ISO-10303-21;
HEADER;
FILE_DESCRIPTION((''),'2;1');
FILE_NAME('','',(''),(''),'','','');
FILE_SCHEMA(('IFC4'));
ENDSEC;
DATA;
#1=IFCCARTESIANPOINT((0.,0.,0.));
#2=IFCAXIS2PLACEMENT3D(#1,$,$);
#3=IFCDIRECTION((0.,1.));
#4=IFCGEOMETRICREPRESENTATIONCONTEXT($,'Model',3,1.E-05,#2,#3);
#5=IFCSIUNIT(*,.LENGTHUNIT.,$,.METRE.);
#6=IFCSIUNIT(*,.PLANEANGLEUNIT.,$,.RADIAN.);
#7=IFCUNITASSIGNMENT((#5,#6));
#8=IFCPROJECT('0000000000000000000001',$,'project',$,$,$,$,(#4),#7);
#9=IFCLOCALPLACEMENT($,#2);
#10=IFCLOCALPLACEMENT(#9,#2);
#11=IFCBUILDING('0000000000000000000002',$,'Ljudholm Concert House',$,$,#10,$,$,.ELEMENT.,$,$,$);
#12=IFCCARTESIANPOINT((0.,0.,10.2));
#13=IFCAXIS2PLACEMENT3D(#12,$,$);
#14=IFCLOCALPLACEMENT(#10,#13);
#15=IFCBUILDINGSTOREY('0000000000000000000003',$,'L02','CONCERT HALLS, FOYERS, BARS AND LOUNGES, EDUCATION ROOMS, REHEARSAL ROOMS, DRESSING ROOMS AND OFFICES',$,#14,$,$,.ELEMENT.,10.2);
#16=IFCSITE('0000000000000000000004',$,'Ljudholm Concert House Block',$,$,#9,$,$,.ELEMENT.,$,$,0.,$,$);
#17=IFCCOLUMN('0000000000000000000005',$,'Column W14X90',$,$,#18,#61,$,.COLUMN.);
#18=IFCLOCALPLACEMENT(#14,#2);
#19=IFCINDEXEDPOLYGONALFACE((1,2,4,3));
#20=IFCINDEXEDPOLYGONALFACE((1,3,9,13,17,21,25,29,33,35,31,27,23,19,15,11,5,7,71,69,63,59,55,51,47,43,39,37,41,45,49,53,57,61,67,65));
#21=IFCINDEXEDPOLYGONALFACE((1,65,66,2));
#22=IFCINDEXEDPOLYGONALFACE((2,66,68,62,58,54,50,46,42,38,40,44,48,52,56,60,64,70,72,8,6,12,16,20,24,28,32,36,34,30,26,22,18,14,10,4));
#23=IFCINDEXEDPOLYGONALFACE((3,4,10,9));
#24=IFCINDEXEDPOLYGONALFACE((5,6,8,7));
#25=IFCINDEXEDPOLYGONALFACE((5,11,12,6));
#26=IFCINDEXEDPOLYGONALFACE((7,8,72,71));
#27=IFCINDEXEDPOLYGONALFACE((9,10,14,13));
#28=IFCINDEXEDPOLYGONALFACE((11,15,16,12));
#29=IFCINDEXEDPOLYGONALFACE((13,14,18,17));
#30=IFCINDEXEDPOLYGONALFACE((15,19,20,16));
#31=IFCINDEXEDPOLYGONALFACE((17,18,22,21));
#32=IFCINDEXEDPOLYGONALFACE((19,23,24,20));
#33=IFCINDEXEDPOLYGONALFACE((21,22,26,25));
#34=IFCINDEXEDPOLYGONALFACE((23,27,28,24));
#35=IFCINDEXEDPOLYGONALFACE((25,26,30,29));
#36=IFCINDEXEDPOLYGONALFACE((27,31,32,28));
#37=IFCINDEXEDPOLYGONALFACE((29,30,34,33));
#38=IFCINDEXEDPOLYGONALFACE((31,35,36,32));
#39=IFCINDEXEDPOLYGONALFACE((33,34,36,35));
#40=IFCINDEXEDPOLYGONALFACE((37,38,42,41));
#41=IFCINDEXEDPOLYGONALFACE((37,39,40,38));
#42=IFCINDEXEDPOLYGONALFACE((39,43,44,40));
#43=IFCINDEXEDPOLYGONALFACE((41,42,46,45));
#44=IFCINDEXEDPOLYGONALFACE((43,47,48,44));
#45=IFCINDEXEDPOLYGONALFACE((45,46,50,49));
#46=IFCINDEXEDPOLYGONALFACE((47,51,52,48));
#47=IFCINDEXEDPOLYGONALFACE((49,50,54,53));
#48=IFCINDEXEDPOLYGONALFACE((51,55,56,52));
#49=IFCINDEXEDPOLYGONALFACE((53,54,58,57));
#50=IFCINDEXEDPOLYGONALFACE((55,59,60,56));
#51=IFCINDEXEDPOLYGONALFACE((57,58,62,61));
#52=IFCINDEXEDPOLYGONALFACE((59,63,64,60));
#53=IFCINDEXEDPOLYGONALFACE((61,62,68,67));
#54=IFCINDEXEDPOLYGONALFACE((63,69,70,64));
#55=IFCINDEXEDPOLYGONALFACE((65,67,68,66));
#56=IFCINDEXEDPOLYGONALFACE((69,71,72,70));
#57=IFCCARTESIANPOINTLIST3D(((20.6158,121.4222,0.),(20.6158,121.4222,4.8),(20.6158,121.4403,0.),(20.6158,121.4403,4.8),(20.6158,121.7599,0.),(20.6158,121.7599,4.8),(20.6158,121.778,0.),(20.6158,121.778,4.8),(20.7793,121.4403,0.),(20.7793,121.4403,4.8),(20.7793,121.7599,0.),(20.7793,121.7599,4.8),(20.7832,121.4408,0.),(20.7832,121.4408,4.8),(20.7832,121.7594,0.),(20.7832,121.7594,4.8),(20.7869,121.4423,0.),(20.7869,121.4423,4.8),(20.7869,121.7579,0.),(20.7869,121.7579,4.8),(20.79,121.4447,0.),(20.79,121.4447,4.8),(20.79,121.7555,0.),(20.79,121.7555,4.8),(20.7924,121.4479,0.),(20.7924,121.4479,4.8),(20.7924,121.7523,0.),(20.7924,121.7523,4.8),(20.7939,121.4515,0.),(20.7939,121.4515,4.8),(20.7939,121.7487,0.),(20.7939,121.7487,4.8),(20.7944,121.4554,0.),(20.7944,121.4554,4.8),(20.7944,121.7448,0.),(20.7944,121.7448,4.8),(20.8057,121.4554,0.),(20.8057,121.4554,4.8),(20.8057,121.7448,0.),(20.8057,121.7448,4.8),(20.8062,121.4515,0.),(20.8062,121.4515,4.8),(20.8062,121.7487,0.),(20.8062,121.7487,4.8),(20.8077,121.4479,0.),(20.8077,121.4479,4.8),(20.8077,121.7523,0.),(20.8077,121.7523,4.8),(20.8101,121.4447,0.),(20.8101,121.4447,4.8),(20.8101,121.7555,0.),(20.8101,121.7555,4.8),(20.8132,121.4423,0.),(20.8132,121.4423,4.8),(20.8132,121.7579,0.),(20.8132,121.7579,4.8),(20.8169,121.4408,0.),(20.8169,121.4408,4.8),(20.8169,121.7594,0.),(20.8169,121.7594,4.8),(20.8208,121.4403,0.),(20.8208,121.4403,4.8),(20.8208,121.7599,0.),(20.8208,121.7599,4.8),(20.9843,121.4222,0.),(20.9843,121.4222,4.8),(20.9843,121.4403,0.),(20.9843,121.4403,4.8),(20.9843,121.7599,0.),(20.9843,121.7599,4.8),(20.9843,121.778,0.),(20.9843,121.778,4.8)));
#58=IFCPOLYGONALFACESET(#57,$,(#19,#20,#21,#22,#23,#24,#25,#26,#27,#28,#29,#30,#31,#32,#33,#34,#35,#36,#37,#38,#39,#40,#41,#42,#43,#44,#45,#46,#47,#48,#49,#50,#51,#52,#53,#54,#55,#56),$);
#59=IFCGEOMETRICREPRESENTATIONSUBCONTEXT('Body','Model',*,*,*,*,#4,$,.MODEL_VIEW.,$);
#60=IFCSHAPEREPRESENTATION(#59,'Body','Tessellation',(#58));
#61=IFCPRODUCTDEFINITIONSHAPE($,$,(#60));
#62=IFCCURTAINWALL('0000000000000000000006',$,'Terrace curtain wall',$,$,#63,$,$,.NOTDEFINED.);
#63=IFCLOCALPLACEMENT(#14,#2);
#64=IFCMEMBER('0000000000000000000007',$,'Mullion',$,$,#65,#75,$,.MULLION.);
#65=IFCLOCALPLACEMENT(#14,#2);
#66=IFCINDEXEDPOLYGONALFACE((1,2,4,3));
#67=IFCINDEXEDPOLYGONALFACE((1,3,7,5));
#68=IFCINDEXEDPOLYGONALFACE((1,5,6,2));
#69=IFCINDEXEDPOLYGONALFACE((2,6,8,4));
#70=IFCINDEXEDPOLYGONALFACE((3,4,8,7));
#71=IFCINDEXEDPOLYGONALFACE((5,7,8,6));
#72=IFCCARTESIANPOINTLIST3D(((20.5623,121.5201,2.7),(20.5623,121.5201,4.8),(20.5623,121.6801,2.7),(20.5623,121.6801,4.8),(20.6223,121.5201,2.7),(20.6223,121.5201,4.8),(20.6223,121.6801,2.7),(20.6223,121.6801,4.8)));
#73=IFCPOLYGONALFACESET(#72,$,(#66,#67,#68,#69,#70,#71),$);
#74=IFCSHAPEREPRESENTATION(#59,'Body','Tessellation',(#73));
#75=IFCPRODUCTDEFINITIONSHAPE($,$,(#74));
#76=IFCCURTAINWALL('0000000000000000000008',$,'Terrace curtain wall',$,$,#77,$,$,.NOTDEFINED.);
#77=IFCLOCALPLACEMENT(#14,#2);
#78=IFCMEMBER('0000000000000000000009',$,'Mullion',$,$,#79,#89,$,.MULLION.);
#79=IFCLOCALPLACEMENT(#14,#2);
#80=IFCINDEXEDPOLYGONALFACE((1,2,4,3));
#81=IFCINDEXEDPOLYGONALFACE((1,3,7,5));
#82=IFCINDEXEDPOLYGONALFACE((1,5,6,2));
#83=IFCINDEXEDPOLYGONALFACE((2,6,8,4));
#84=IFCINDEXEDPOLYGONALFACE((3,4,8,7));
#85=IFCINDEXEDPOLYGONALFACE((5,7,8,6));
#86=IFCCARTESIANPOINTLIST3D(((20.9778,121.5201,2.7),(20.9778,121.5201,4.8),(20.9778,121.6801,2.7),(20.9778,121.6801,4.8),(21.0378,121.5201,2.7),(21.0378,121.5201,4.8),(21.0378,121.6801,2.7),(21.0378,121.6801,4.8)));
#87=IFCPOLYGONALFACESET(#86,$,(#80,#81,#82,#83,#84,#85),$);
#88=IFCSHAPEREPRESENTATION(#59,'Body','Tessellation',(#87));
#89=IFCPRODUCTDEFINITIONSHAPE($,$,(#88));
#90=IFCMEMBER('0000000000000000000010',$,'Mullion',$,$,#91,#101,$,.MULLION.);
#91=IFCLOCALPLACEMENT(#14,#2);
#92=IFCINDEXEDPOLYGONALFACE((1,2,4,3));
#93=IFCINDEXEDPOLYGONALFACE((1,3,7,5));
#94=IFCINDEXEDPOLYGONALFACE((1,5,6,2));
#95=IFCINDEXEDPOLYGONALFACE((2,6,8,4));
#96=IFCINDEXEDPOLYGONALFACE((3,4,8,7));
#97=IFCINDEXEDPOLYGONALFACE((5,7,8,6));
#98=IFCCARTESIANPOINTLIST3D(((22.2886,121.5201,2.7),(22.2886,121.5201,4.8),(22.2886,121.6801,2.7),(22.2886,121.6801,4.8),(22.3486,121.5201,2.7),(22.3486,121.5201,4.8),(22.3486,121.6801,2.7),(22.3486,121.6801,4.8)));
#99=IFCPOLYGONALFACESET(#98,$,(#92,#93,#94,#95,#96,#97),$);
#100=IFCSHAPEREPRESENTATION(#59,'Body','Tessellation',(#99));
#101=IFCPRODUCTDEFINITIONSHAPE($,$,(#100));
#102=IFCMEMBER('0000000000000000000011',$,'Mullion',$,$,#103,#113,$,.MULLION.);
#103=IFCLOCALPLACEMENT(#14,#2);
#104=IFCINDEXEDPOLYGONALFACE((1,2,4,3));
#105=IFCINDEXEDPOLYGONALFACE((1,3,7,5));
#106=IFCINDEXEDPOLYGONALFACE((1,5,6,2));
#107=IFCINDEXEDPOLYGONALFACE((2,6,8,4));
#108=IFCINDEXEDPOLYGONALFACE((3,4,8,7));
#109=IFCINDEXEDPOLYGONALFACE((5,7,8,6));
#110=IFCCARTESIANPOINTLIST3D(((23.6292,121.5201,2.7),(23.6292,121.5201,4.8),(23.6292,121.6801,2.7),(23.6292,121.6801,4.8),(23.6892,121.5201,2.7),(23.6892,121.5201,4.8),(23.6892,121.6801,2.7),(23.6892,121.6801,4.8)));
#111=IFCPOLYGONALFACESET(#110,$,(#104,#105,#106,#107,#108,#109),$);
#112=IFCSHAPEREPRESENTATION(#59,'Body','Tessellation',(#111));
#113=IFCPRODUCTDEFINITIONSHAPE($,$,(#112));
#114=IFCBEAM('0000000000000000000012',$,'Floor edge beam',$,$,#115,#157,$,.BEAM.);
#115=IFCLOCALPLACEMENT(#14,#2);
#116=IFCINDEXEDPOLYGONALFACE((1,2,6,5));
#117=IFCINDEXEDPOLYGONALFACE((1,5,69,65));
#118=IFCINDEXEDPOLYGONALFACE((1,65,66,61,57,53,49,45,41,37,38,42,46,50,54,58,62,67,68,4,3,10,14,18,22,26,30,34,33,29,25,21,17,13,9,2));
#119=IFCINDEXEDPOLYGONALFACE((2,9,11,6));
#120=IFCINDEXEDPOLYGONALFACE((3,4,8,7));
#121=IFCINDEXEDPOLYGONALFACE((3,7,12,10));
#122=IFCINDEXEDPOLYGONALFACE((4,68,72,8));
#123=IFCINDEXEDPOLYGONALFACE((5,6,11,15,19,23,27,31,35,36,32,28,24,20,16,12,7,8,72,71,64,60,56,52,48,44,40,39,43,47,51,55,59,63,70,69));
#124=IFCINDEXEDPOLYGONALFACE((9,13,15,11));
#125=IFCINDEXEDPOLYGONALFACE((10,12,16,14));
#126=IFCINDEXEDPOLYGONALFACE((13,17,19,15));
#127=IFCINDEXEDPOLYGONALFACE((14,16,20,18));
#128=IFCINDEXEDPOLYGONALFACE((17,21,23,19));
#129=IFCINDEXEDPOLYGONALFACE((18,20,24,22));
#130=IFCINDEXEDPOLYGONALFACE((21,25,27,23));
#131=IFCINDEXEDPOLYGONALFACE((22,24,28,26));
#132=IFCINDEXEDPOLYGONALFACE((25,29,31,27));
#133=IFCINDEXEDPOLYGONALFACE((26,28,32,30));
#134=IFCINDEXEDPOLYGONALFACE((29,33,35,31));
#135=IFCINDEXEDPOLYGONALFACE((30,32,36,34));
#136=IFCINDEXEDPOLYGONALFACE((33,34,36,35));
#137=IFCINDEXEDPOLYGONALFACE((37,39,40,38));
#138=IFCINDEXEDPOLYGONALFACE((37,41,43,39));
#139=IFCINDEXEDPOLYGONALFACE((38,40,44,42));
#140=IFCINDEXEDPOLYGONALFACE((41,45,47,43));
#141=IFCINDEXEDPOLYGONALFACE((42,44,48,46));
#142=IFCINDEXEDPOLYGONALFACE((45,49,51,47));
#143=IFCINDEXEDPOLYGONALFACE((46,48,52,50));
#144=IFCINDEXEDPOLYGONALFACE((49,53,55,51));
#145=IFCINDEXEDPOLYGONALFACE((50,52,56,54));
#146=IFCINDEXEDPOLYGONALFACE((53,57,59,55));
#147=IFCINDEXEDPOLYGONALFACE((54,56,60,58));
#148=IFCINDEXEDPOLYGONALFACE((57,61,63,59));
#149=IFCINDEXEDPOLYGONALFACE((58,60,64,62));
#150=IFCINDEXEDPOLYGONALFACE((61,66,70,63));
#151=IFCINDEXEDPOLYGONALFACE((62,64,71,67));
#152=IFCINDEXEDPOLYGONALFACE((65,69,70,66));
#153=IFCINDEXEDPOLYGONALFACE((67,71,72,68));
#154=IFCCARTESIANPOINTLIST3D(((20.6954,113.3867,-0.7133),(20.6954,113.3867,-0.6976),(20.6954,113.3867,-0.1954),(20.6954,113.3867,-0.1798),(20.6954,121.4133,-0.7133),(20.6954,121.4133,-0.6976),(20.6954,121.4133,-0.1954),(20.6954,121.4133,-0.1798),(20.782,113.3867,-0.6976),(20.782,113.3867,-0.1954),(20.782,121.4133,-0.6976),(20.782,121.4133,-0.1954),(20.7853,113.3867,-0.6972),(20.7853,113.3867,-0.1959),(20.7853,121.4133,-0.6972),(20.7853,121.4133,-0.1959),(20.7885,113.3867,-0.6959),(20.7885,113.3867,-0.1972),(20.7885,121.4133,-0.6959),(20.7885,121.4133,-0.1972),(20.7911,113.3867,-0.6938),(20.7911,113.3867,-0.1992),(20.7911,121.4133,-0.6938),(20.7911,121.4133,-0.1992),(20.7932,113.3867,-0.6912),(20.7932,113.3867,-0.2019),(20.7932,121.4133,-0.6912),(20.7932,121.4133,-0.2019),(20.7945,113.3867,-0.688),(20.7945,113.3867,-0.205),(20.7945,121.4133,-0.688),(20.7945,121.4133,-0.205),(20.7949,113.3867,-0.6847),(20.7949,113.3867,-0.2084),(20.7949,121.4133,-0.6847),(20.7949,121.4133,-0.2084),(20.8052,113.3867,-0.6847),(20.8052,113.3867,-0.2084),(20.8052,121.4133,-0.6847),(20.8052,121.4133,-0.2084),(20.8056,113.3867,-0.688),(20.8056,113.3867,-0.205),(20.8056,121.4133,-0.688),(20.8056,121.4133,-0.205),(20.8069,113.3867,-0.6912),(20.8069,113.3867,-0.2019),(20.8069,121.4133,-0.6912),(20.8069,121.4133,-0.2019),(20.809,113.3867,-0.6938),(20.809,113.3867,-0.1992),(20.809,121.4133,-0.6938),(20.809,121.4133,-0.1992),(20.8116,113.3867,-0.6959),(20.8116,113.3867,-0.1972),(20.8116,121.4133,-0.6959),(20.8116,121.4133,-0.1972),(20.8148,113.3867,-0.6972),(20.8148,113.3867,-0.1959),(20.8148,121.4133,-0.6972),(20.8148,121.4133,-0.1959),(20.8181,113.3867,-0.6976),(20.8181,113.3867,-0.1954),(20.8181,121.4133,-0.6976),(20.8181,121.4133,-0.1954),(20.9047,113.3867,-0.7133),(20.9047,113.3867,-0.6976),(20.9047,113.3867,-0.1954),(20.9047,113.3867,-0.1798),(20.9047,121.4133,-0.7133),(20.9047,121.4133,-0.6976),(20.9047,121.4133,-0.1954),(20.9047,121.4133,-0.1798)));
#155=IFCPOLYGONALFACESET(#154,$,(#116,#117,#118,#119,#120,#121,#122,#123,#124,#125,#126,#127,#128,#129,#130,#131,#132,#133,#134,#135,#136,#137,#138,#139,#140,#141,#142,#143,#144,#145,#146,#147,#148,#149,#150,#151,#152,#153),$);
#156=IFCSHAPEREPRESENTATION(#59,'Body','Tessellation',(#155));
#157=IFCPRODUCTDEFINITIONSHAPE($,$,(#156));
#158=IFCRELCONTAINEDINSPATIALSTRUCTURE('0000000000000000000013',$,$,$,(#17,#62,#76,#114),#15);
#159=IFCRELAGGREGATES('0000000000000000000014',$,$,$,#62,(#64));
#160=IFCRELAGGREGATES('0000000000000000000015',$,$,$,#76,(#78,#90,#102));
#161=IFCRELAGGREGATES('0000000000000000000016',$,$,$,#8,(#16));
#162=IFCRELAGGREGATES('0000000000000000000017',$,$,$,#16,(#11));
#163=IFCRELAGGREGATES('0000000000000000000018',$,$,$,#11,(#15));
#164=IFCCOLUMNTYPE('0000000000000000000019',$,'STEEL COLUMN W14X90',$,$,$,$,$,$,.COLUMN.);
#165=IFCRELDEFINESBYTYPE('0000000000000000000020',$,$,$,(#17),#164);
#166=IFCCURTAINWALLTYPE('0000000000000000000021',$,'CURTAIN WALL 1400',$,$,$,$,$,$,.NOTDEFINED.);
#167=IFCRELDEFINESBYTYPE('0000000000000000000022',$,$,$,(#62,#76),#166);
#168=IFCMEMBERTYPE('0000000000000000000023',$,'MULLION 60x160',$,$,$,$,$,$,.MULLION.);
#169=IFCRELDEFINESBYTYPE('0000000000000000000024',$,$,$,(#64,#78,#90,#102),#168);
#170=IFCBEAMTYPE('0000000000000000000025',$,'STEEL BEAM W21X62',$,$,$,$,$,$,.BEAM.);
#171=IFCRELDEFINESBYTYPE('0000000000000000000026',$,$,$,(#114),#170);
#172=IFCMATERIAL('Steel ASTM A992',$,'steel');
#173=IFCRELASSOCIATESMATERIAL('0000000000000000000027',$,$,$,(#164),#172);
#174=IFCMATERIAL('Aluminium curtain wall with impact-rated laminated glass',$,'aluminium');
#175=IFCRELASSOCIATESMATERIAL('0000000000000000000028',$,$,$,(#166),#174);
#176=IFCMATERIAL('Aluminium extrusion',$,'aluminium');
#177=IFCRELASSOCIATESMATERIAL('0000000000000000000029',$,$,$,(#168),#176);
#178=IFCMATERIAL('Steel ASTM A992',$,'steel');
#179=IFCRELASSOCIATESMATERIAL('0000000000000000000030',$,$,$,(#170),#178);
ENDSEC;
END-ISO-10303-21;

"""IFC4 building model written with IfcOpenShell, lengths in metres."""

from ifc_helpers import new_model, si_unit, direction, frame, origin, origin_2d, place, context, subcontext, project, spatial, rectangle, i_section, extrude, material, material_profile, profile_set, type_object, element, aggregate, save


model = new_model("IFC4")

# Units and contexts
model_context = context("Model", 3, precision=1e-05, world=origin(), true_north=direction((0.0, 1.0)))
body_context = subcontext(model_context, "Body", "Model", "MODEL_VIEW")
ifc_project = project(units=[si_unit("LENGTHUNIT", "METRE"), si_unit("PLANEANGLEUNIT", "RADIAN")], contexts=[model_context])

# Site, building, storey
site_placement = place(None, origin())
site = spatial("IfcSite", under=ifc_project, at=site_placement, Name="Ljudholm Concert House Block", CompositionType="ELEMENT", RefElevation=0.0)
building_placement = place(site_placement, origin())
building = spatial("IfcBuilding", under=site, at=building_placement, Name="Ljudholm Concert House", CompositionType="ELEMENT")
storey_placement = place(building_placement, frame((0.0, 0.0, 10.2)))
storey = spatial("IfcBuildingStorey", under=building, at=storey_placement, Name="L02", Description="CONCERT HALLS, FOYERS, BARS AND LOUNGES, EDUCATION ROOMS, REHEARSAL ROOMS, DRESSING ROOMS AND OFFICES", CompositionType="ELEMENT", Elevation=10.2)

# Column
ifc_material_1 = material(Name="Steel ASTM A992", Category="steel")
ifc_material_profile_1 = material_profile(ifc_material_1, i_section(OverallWidth=0.3684, OverallDepth=0.3557, WebThickness=0.0112, FlangeThickness=0.0181, FilletRadius=0.0151, at=origin_2d()), Name="W14X90")
ifc_profile_set_1 = profile_set([ifc_material_profile_1], Name="Steel ASTM A992")
column_type = type_object("IfcColumnType", Name="STEEL COLUMN W14X90", PredefinedType="COLUMN", material=ifc_profile_set_1)
column_placement = place(storey_placement, frame((20.8, 121.6001, 0.0), z_axis=(0.0, 0.0, 1.0), x_axis=(1.0, 0.0, 0.0)))
element("IfcColumn", 1, at=column_placement, inside=storey, type_object=column_type, Name="Column W14X90", PredefinedType="COLUMN", context=body_context, shape_type="SweptSolid", body=[
    extrude(i_section(OverallWidth=0.3684, OverallDepth=0.3557, WebThickness=0.0112, FlangeThickness=0.0181, FilletRadius=0.0151, at=origin_2d()), origin(), (0.0, 0.0, 1.0), 4.8),
])

# Curtain wall, member
ifc_material_2 = material(Name="Aluminium curtain wall with impact-rated laminated glass", Category="aluminium")
curtain_wall_type = type_object("IfcCurtainWallType", Name="CURTAIN WALL 1400", PredefinedType="NOTDEFINED", material=ifc_material_2)
curtain_wall_1_placement = place(storey_placement, origin())
curtain_wall_1 = element("IfcCurtainWall", 2, at=curtain_wall_1_placement, inside=storey, type_object=curtain_wall_type, Name="Terrace curtain wall", PredefinedType="NOTDEFINED")
ifc_material_3 = material(Name="Aluminium extrusion", Category="aluminium")
ifc_material_profile_2 = material_profile(ifc_material_3, rectangle(XDim=0.1599, YDim=0.0601, at=origin_2d()), Name="MULLION 60x160")
ifc_profile_set_2 = profile_set([ifc_material_profile_2], Name="Aluminium extrusion")
member_type_1 = type_object("IfcMemberType", Name="MULLION 60x160", PredefinedType="MULLION", material=ifc_profile_set_2)
member_1_placement = place(storey_placement, frame((20.5923, 121.6001, 2.7), z_axis=(0.0, 0.0, 1.0), x_axis=(0.0, 1.0, 0.0)))
member_1 = element("IfcMember", 3, at=member_1_placement, type_object=member_type_1, Name="Mullion", PredefinedType="MULLION", context=body_context, shape_type="SweptSolid", body=[
    extrude(rectangle(XDim=0.1599, YDim=0.0601, at=origin_2d()), origin(), (0.0, 0.0, 1.0), 2.1001),
])

# Curtain wall, members
curtain_wall_2_placement = place(storey_placement, origin())
curtain_wall_2 = element("IfcCurtainWall", 4, at=curtain_wall_2_placement, inside=storey, type_object=curtain_wall_type, Name="Terrace curtain wall", PredefinedType="NOTDEFINED")
member_2_placement = place(storey_placement, frame((21.0078, 121.6001, 2.7), z_axis=(0.0, 0.0, 1.0), x_axis=(0.0, 1.0, 0.0)))
member_2 = element("IfcMember", 5, at=member_2_placement, type_object=member_type_1, Name="Mullion", PredefinedType="MULLION", context=body_context, shape_type="SweptSolid", body=[
    extrude(rectangle(XDim=0.1599, YDim=0.0601, at=origin_2d()), origin(), (0.0, 0.0, 1.0), 2.1001),
])
member_3_placement = place(storey_placement, frame((22.3186, 121.6001, 2.7), z_axis=(0.0, 0.0, 1.0), x_axis=(0.0, 1.0, 0.0)))
member_3 = element("IfcMember", 6, at=member_3_placement, type_object=member_type_1, Name="Mullion", PredefinedType="MULLION", context=body_context, shape_type="SweptSolid", body=[
    extrude(rectangle(XDim=0.1599, YDim=0.0601, at=origin_2d()), origin(), (0.0, 0.0, 1.0), 2.1001),
])
member_4_placement = place(storey_placement, frame((23.6592, 121.6001, 2.7), z_axis=(0.0, 0.0, 1.0), x_axis=(0.0, 1.0, 0.0)))
member_4 = element("IfcMember", 7, at=member_4_placement, type_object=member_type_1, Name="Mullion", PredefinedType="MULLION", context=body_context, shape_type="SweptSolid", body=[
    extrude(rectangle(XDim=0.1599, YDim=0.0601, at=origin_2d()), origin(), (0.0, 0.0, 1.0), 2.1001),
])

# Beam
ifc_material_4 = material(Name="Steel ASTM A992", Category="steel")
ifc_material_profile_3 = material_profile(ifc_material_4, i_section(OverallWidth=0.2092, OverallDepth=0.5334, WebThickness=0.0103, FlangeThickness=0.0156, FilletRadius=0.0129, at=origin_2d()), Name="W21X62")
ifc_profile_set_3 = profile_set([ifc_material_profile_3], Name="Steel ASTM A992")
beam_type_1 = type_object("IfcBeamType", Name="STEEL BEAM W21X62", PredefinedType="BEAM", material=ifc_profile_set_3)
beam_1_placement = place(storey_placement, frame((20.8, 113.3867, -0.4465), z_axis=(0.0, 1.0, 0.0), x_axis=(-1.0, 0.0, 0.0)))
element("IfcBeam", 8, at=beam_1_placement, inside=storey, type_object=beam_type_1, Name="Floor edge beam", PredefinedType="BEAM", context=body_context, shape_type="SweptSolid", body=[
    extrude(i_section(OverallWidth=0.2092, OverallDepth=0.5334, WebThickness=0.0103, FlangeThickness=0.0156, FilletRadius=0.0129, at=origin_2d()), origin(), (0.0, 0.0, 1.0), 8.0266),
])

aggregate(curtain_wall_1, [member_1])
aggregate(curtain_wall_2, [member_2, member_3, member_4])

save(model, "model.ifc")
